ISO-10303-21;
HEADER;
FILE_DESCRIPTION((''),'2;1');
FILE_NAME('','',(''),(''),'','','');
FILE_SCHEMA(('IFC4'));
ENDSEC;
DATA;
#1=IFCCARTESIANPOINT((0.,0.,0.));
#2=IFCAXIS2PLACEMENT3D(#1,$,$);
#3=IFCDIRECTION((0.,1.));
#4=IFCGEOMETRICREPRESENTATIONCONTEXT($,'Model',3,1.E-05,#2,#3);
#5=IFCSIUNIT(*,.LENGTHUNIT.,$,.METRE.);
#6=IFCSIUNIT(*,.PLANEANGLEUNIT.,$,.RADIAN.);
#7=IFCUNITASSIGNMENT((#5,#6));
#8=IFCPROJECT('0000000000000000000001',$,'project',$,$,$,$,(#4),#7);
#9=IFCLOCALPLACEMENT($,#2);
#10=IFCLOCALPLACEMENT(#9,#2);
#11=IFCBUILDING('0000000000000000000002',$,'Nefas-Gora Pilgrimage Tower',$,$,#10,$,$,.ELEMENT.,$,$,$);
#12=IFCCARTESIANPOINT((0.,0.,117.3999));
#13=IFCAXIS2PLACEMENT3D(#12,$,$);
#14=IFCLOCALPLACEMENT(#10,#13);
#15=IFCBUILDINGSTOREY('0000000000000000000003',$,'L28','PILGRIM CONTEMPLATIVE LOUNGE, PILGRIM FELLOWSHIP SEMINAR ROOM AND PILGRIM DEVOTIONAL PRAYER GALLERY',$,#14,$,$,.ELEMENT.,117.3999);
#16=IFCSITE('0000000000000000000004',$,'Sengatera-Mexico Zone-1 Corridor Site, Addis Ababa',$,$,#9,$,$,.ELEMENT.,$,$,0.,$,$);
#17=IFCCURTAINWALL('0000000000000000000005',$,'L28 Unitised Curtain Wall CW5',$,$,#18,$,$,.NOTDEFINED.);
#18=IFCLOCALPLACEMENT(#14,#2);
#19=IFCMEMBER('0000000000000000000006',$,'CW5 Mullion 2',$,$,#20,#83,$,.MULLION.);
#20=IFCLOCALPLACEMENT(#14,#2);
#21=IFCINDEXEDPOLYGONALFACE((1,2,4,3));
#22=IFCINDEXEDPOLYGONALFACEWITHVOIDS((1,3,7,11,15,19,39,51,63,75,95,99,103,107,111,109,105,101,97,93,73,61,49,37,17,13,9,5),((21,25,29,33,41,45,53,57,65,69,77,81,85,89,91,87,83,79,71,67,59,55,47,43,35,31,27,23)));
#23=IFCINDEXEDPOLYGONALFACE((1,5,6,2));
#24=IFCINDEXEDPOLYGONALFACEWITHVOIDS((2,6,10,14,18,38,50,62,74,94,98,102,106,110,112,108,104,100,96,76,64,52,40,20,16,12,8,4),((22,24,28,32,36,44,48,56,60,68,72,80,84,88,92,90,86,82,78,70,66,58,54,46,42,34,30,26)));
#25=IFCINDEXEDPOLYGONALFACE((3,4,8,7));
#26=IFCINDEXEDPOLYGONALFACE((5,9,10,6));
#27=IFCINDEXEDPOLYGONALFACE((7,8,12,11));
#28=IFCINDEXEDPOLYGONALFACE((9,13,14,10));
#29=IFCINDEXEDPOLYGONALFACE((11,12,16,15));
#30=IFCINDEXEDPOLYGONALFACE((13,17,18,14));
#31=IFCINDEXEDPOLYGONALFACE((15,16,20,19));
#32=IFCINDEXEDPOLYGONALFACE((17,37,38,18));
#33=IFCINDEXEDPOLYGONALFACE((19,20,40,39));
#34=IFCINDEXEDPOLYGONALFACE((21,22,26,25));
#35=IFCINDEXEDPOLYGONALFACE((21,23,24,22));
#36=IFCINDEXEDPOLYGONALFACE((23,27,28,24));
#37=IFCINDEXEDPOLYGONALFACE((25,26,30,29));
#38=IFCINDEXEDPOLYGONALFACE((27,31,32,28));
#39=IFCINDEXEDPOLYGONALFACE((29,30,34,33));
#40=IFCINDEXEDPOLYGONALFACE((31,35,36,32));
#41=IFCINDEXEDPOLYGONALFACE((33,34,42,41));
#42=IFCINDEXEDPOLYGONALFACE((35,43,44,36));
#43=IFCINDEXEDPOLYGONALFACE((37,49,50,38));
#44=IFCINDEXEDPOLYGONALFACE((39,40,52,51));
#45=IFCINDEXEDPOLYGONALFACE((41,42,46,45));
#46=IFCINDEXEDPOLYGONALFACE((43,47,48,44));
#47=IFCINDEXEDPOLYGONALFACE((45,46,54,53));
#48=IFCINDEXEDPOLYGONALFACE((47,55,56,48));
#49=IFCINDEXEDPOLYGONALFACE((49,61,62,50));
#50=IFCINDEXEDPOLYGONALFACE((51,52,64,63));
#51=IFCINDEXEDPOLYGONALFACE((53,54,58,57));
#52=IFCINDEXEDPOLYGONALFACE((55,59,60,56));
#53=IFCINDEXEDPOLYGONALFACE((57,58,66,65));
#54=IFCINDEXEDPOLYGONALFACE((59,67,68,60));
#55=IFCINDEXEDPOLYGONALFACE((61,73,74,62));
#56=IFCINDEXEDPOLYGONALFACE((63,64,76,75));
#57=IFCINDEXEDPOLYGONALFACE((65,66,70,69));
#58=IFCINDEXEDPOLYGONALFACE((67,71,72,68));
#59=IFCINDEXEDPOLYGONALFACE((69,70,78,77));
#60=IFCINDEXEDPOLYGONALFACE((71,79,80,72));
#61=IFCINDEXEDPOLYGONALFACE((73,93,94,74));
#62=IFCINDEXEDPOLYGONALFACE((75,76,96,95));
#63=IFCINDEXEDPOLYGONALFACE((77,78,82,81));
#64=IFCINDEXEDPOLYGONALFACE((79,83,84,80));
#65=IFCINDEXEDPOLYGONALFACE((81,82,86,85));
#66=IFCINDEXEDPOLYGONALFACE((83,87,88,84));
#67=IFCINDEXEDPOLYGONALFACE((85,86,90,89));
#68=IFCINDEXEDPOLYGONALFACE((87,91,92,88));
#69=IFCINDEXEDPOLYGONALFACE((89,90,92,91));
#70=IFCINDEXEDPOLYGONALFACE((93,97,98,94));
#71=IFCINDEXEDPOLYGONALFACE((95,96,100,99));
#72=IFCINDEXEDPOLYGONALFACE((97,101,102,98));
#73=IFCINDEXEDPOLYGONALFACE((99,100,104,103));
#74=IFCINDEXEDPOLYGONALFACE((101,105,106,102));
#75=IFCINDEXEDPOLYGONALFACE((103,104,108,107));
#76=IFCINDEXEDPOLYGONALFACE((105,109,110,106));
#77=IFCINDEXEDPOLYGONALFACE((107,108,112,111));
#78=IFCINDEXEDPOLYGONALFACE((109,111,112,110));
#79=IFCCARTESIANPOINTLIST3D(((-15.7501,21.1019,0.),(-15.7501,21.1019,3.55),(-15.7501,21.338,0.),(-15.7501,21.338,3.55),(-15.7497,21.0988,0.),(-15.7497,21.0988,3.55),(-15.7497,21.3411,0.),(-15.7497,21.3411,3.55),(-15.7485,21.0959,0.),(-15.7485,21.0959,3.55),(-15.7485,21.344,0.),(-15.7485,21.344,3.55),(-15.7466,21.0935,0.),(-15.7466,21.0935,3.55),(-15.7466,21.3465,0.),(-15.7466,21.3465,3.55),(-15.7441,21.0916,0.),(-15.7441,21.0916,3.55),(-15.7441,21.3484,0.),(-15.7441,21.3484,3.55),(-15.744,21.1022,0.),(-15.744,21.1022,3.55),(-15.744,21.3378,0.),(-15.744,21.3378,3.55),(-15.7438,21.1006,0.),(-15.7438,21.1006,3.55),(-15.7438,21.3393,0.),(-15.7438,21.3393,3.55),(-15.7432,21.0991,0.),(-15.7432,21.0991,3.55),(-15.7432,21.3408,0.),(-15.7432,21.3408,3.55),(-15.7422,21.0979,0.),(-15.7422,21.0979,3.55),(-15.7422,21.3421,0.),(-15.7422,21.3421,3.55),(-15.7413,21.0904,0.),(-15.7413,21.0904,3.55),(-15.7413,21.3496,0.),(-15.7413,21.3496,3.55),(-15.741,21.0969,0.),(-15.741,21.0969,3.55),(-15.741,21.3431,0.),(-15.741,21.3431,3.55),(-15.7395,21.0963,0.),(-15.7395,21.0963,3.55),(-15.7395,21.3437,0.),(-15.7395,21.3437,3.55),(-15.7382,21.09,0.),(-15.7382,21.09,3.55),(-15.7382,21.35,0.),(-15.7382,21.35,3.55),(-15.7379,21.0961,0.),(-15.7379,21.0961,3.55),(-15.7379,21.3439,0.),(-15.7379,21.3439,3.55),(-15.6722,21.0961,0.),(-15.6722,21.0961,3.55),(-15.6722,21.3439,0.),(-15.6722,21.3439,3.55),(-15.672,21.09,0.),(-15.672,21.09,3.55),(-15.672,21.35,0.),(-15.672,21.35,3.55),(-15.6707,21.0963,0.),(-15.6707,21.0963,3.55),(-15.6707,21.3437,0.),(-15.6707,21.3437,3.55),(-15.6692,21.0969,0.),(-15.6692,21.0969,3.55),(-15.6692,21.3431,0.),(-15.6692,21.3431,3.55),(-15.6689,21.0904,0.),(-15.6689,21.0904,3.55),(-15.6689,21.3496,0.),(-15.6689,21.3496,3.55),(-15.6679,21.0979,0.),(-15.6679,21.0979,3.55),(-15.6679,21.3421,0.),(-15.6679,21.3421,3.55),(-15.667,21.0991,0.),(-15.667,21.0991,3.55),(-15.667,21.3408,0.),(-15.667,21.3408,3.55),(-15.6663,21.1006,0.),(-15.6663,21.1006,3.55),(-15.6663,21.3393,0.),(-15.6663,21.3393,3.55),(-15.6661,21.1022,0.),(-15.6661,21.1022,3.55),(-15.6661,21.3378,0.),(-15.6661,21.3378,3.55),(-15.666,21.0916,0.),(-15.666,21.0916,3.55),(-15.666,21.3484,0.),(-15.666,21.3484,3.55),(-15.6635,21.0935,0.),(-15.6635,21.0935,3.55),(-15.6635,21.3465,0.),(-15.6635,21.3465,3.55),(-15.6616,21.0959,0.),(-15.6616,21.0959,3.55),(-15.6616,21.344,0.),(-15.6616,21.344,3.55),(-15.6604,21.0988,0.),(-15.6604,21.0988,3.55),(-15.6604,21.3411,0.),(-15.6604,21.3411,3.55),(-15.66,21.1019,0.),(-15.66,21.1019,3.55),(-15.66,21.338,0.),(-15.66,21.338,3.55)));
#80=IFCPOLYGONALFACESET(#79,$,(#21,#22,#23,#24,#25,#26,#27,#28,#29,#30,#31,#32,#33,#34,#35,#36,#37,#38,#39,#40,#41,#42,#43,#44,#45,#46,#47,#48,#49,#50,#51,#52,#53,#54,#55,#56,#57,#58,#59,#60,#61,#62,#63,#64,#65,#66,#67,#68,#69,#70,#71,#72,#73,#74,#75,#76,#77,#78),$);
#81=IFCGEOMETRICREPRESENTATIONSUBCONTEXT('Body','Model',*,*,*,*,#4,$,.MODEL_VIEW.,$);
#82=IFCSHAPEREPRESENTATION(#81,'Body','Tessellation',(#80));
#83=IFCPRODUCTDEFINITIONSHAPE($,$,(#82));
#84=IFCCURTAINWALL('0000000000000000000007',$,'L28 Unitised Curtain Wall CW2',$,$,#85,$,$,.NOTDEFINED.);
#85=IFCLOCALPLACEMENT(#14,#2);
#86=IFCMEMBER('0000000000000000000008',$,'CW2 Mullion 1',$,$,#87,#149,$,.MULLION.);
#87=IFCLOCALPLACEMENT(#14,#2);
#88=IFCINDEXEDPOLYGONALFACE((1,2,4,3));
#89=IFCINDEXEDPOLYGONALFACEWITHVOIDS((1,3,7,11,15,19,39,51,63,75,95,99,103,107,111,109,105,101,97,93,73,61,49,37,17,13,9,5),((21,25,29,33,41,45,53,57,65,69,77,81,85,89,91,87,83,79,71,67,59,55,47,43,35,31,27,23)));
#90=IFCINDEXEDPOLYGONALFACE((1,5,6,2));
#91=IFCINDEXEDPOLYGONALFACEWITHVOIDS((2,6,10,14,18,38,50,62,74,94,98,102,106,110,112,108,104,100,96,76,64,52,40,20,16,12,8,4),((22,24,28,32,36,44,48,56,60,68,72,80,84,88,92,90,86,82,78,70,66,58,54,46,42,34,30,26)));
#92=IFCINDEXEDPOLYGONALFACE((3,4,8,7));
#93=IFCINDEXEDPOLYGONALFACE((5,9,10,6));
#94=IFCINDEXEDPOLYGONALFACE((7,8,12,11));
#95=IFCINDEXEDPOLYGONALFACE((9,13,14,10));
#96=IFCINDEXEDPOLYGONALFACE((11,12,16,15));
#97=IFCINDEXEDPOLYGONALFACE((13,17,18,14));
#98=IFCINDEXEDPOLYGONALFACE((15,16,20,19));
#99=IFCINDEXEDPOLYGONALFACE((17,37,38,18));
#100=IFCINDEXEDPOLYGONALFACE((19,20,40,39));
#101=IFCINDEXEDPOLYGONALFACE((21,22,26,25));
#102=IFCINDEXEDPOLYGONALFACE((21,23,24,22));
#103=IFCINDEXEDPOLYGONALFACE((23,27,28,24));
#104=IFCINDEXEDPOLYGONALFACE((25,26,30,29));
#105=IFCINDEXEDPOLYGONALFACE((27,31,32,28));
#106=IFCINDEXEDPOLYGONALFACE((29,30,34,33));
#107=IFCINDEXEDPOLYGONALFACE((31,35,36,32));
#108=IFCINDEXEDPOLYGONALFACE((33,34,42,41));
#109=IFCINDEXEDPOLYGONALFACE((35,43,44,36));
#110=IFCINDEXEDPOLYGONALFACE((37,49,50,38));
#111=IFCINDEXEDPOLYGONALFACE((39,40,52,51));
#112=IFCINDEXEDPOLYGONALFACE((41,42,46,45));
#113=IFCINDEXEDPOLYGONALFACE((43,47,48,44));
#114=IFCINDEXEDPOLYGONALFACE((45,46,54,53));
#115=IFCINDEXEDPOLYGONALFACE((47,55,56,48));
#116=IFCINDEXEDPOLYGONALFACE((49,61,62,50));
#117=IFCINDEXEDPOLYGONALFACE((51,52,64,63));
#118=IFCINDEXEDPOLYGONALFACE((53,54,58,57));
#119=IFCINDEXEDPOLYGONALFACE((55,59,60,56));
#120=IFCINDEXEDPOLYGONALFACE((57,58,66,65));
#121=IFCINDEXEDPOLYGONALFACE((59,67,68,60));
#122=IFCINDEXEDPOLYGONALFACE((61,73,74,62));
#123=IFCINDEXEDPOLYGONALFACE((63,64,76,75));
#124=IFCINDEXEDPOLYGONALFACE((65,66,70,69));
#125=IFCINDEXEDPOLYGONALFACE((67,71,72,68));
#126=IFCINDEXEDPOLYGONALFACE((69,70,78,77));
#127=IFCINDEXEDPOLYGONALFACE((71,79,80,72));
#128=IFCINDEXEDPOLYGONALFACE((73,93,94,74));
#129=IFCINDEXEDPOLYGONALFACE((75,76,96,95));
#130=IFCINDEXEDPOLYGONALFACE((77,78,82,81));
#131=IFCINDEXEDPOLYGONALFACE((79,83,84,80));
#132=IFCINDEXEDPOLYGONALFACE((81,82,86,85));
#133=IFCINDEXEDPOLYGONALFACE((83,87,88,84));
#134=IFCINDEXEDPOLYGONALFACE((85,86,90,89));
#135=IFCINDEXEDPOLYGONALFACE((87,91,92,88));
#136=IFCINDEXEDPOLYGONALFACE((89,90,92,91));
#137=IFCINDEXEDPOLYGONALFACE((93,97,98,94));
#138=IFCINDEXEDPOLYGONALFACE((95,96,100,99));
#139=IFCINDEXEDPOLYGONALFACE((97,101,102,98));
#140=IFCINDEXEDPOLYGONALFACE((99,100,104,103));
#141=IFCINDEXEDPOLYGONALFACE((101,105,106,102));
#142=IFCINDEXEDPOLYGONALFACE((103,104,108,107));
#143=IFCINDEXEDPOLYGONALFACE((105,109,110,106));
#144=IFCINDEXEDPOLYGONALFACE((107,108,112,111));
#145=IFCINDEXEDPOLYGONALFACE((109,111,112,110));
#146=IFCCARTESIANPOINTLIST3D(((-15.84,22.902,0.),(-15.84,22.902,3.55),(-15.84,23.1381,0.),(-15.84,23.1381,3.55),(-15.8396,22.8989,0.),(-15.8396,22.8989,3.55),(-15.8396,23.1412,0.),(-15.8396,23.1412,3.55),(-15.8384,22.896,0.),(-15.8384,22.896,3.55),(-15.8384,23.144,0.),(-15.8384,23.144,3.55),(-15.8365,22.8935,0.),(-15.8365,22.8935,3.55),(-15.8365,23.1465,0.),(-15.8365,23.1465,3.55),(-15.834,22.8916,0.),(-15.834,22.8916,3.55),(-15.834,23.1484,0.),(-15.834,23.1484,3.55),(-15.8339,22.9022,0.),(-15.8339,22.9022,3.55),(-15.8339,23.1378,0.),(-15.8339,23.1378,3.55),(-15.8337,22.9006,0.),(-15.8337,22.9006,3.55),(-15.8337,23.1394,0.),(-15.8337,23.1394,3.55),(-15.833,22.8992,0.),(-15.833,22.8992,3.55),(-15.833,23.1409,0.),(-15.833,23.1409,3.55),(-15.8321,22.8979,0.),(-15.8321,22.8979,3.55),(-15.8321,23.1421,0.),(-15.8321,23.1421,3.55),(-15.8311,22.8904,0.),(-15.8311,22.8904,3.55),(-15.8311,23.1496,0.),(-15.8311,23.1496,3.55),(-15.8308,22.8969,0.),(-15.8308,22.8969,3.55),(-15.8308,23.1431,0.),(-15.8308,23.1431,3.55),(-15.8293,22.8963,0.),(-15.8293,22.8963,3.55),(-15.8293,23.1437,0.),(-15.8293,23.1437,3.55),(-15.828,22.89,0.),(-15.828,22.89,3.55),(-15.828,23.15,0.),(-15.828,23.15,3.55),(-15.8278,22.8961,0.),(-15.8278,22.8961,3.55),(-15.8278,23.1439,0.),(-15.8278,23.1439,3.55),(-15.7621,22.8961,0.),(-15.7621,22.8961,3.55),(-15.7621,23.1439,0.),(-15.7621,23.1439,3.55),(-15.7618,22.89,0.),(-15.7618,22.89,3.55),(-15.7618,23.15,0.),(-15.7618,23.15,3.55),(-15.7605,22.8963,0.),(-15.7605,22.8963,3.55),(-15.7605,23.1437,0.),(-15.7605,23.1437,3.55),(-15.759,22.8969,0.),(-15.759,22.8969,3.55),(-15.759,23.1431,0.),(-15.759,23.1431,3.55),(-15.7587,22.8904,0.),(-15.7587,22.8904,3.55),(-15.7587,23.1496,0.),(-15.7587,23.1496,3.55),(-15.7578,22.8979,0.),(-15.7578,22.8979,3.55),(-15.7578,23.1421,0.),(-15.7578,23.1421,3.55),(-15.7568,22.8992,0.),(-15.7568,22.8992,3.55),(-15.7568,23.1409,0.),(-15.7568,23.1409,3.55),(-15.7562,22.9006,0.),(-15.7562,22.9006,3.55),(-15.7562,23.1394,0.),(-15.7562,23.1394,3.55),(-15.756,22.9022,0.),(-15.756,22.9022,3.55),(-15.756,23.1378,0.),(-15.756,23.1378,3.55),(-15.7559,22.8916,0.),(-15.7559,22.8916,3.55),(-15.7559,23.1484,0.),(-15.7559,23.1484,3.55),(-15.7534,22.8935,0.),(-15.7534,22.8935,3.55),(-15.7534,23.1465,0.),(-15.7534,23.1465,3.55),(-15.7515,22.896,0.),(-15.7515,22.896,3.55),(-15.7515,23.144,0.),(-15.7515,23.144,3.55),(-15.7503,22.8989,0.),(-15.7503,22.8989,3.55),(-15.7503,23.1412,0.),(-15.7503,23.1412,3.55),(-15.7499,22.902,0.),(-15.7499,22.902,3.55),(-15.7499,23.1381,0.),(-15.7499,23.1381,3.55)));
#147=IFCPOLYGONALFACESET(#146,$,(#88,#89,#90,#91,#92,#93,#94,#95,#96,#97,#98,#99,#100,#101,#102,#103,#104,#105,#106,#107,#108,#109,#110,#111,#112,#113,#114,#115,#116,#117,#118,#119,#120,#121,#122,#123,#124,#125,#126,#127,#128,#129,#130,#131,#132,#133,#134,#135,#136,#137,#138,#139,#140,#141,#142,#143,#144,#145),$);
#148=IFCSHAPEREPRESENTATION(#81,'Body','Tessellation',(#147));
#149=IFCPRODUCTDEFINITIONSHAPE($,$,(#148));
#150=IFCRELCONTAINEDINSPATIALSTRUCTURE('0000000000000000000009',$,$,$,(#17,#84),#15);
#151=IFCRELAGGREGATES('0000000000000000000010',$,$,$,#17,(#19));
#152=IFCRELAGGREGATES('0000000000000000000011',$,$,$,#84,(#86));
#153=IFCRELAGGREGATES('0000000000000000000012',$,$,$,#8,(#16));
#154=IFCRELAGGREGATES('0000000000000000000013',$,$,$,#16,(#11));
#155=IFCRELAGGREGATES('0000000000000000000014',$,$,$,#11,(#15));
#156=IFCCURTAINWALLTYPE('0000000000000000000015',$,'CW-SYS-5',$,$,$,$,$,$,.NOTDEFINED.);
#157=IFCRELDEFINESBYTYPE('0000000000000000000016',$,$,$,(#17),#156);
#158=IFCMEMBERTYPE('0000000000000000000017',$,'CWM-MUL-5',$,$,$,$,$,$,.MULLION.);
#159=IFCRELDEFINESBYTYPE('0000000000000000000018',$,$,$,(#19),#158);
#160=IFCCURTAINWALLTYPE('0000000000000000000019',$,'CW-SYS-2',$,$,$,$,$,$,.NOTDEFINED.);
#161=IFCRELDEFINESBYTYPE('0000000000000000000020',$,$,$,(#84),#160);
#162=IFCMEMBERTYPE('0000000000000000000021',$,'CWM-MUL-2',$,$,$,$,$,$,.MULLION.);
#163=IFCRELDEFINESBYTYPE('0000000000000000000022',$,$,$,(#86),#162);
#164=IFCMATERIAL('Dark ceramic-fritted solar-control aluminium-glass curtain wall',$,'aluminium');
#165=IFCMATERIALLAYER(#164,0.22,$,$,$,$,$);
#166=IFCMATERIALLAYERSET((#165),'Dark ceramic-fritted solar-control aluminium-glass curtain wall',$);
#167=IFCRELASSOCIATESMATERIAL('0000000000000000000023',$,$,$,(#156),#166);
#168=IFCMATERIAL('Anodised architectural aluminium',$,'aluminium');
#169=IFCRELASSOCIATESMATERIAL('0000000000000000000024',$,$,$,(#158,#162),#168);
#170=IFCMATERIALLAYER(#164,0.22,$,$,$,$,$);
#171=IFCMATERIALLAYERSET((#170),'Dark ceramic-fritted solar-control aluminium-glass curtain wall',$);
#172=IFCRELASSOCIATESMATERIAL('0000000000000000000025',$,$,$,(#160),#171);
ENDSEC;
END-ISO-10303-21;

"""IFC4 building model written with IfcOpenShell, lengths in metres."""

from ifc_helpers import new_model, si_unit, direction, frame, origin, origin_2d, place, context, subcontext, project, spatial, hollow_rectangle, extrude, source, transform, mapped, material, layer, layer_set, material_profile, profile_set, type_object, element, aggregate, save


model = new_model("IFC4")

# Units and contexts
model_context = context("Model", 3, precision=1e-05, world=origin(), true_north=direction((0.0, 1.0)))
body_context = subcontext(model_context, "Body", "Model", "MODEL_VIEW")
ifc_project = project(units=[si_unit("LENGTHUNIT", "METRE"), si_unit("PLANEANGLEUNIT", "RADIAN")], contexts=[model_context])

# Site, building, storey
site_placement = place(None, origin())
site = spatial("IfcSite", under=ifc_project, at=site_placement, Name="Sengatera-Mexico Zone-1 Corridor Site, Addis Ababa", CompositionType="ELEMENT", RefElevation=0.0)
building_placement = place(site_placement, origin())
building = spatial("IfcBuilding", under=site, at=building_placement, Name="Nefas-Gora Pilgrimage Tower", CompositionType="ELEMENT")
storey_placement = place(building_placement, frame((0.0, 0.0, 117.3999)))
storey = spatial("IfcBuildingStorey", under=building, at=storey_placement, Name="L28", Description="PILGRIM CONTEMPLATIVE LOUNGE, PILGRIM FELLOWSHIP SEMINAR ROOM AND PILGRIM DEVOTIONAL PRAYER GALLERY", CompositionType="ELEMENT", Elevation=117.3999)

# Curtain wall, member
ifc_material_1 = material(Name="Dark ceramic-fritted solar-control aluminium-glass curtain wall", Category="aluminium")
ifc_layer_1 = layer(ifc_material_1, 0.22)
ifc_layer_set_1 = layer_set([ifc_layer_1], Name="Dark ceramic-fritted solar-control aluminium-glass curtain wall")
curtain_wall_type_1 = type_object("IfcCurtainWallType", Name="CW-SYS-5", PredefinedType="NOTDEFINED", material=ifc_layer_set_1)
curtain_wall_1_placement = place(storey_placement, origin())
curtain_wall_1 = element("IfcCurtainWall", 1, at=curtain_wall_1_placement, inside=storey, type_object=curtain_wall_type_1, Name="L28 Unitised Curtain Wall CW5", PredefinedType="NOTDEFINED")
ifc_material_2 = material(Name="Anodised architectural aluminium", Category="aluminium")
ifc_material_profile_1 = material_profile(ifc_material_2, hollow_rectangle(XDim=0.0901, YDim=0.26, WallThickness=0.0061, InnerFilletRadius=0.0061, OuterFilletRadius=0.012, at=origin_2d()), Name="ALU MULLION 90x260")
ifc_profile_set_1 = profile_set([ifc_material_profile_1], Name="Anodised architectural aluminium")
member_type_1 = type_object("IfcMemberType", Name="CWM-MUL-5", PredefinedType="MULLION", material=ifc_profile_set_1)
shared_shape_1 = source(origin(), body_context, "Body", "SweptSolid", [
    extrude(hollow_rectangle(XDim=0.0901, YDim=0.26, WallThickness=0.0061, InnerFilletRadius=0.0061, OuterFilletRadius=0.012, at=origin_2d()), origin(), (0.0, 0.0, 1.0), 3.55),
])
member_1_placement = place(storey_placement, frame((-15.7051, 21.22, 0.0), z_axis=(0.0, 0.0, 1.0), x_axis=(-1.0, 0.0, 0.0)))
member_1 = element("IfcMember", 2, at=member_1_placement, type_object=member_type_1, Name="CW5 Mullion 2", PredefinedType="MULLION", context=body_context, shape_type="MappedRepresentation", body=[
    mapped(shared_shape_1, transform((0.0, 0.0, 0.0), x_axis=(1.0, 0.0, 0.0), y_axis=(0.0, 1.0, 0.0), z_axis=(0.0, 0.0, 1.0), scale=1.0)),
])

# Curtain wall, member
ifc_layer_2 = layer(ifc_material_1, 0.22)
ifc_layer_set_2 = layer_set([ifc_layer_2], Name="Dark ceramic-fritted solar-control aluminium-glass curtain wall")
curtain_wall_type_2 = type_object("IfcCurtainWallType", Name="CW-SYS-2", PredefinedType="NOTDEFINED", material=ifc_layer_set_2)
curtain_wall_2_placement = place(storey_placement, origin())
curtain_wall_2 = element("IfcCurtainWall", 3, at=curtain_wall_2_placement, inside=storey, type_object=curtain_wall_type_2, Name="L28 Unitised Curtain Wall CW2", PredefinedType="NOTDEFINED")
ifc_material_profile_2 = material_profile(ifc_material_2, hollow_rectangle(XDim=0.0901, YDim=0.26, WallThickness=0.0061, InnerFilletRadius=0.0061, OuterFilletRadius=0.012, at=origin_2d()), Name="ALU MULLION 90x260")
ifc_profile_set_2 = profile_set([ifc_material_profile_2], Name="Anodised architectural aluminium")
member_type_2 = type_object("IfcMemberType", Name="CWM-MUL-2", PredefinedType="MULLION", material=ifc_profile_set_2)
shared_shape_2 = source(origin(), body_context, "Body", "SweptSolid", [
    extrude(hollow_rectangle(XDim=0.0901, YDim=0.26, WallThickness=0.0061, InnerFilletRadius=0.0061, OuterFilletRadius=0.012, at=origin_2d()), origin(), (0.0, 0.0, 1.0), 3.55),
])
member_2_placement = place(storey_placement, frame((-15.7949, 23.02, 0.0), z_axis=(0.0, 0.0, 1.0), x_axis=(-1.0, 0.0, 0.0)))
member_2 = element("IfcMember", 4, at=member_2_placement, type_object=member_type_2, Name="CW2 Mullion 1", PredefinedType="MULLION", context=body_context, shape_type="MappedRepresentation", body=[
    mapped(shared_shape_2, transform((0.0, 0.0, 0.0), x_axis=(1.0, 0.0, 0.0), y_axis=(0.0, 1.0, 0.0), z_axis=(0.0, 0.0, 1.0), scale=1.0)),
])

aggregate(curtain_wall_1, [member_1])
aggregate(curtain_wall_2, [member_2])

save(model, "model.ifc")
